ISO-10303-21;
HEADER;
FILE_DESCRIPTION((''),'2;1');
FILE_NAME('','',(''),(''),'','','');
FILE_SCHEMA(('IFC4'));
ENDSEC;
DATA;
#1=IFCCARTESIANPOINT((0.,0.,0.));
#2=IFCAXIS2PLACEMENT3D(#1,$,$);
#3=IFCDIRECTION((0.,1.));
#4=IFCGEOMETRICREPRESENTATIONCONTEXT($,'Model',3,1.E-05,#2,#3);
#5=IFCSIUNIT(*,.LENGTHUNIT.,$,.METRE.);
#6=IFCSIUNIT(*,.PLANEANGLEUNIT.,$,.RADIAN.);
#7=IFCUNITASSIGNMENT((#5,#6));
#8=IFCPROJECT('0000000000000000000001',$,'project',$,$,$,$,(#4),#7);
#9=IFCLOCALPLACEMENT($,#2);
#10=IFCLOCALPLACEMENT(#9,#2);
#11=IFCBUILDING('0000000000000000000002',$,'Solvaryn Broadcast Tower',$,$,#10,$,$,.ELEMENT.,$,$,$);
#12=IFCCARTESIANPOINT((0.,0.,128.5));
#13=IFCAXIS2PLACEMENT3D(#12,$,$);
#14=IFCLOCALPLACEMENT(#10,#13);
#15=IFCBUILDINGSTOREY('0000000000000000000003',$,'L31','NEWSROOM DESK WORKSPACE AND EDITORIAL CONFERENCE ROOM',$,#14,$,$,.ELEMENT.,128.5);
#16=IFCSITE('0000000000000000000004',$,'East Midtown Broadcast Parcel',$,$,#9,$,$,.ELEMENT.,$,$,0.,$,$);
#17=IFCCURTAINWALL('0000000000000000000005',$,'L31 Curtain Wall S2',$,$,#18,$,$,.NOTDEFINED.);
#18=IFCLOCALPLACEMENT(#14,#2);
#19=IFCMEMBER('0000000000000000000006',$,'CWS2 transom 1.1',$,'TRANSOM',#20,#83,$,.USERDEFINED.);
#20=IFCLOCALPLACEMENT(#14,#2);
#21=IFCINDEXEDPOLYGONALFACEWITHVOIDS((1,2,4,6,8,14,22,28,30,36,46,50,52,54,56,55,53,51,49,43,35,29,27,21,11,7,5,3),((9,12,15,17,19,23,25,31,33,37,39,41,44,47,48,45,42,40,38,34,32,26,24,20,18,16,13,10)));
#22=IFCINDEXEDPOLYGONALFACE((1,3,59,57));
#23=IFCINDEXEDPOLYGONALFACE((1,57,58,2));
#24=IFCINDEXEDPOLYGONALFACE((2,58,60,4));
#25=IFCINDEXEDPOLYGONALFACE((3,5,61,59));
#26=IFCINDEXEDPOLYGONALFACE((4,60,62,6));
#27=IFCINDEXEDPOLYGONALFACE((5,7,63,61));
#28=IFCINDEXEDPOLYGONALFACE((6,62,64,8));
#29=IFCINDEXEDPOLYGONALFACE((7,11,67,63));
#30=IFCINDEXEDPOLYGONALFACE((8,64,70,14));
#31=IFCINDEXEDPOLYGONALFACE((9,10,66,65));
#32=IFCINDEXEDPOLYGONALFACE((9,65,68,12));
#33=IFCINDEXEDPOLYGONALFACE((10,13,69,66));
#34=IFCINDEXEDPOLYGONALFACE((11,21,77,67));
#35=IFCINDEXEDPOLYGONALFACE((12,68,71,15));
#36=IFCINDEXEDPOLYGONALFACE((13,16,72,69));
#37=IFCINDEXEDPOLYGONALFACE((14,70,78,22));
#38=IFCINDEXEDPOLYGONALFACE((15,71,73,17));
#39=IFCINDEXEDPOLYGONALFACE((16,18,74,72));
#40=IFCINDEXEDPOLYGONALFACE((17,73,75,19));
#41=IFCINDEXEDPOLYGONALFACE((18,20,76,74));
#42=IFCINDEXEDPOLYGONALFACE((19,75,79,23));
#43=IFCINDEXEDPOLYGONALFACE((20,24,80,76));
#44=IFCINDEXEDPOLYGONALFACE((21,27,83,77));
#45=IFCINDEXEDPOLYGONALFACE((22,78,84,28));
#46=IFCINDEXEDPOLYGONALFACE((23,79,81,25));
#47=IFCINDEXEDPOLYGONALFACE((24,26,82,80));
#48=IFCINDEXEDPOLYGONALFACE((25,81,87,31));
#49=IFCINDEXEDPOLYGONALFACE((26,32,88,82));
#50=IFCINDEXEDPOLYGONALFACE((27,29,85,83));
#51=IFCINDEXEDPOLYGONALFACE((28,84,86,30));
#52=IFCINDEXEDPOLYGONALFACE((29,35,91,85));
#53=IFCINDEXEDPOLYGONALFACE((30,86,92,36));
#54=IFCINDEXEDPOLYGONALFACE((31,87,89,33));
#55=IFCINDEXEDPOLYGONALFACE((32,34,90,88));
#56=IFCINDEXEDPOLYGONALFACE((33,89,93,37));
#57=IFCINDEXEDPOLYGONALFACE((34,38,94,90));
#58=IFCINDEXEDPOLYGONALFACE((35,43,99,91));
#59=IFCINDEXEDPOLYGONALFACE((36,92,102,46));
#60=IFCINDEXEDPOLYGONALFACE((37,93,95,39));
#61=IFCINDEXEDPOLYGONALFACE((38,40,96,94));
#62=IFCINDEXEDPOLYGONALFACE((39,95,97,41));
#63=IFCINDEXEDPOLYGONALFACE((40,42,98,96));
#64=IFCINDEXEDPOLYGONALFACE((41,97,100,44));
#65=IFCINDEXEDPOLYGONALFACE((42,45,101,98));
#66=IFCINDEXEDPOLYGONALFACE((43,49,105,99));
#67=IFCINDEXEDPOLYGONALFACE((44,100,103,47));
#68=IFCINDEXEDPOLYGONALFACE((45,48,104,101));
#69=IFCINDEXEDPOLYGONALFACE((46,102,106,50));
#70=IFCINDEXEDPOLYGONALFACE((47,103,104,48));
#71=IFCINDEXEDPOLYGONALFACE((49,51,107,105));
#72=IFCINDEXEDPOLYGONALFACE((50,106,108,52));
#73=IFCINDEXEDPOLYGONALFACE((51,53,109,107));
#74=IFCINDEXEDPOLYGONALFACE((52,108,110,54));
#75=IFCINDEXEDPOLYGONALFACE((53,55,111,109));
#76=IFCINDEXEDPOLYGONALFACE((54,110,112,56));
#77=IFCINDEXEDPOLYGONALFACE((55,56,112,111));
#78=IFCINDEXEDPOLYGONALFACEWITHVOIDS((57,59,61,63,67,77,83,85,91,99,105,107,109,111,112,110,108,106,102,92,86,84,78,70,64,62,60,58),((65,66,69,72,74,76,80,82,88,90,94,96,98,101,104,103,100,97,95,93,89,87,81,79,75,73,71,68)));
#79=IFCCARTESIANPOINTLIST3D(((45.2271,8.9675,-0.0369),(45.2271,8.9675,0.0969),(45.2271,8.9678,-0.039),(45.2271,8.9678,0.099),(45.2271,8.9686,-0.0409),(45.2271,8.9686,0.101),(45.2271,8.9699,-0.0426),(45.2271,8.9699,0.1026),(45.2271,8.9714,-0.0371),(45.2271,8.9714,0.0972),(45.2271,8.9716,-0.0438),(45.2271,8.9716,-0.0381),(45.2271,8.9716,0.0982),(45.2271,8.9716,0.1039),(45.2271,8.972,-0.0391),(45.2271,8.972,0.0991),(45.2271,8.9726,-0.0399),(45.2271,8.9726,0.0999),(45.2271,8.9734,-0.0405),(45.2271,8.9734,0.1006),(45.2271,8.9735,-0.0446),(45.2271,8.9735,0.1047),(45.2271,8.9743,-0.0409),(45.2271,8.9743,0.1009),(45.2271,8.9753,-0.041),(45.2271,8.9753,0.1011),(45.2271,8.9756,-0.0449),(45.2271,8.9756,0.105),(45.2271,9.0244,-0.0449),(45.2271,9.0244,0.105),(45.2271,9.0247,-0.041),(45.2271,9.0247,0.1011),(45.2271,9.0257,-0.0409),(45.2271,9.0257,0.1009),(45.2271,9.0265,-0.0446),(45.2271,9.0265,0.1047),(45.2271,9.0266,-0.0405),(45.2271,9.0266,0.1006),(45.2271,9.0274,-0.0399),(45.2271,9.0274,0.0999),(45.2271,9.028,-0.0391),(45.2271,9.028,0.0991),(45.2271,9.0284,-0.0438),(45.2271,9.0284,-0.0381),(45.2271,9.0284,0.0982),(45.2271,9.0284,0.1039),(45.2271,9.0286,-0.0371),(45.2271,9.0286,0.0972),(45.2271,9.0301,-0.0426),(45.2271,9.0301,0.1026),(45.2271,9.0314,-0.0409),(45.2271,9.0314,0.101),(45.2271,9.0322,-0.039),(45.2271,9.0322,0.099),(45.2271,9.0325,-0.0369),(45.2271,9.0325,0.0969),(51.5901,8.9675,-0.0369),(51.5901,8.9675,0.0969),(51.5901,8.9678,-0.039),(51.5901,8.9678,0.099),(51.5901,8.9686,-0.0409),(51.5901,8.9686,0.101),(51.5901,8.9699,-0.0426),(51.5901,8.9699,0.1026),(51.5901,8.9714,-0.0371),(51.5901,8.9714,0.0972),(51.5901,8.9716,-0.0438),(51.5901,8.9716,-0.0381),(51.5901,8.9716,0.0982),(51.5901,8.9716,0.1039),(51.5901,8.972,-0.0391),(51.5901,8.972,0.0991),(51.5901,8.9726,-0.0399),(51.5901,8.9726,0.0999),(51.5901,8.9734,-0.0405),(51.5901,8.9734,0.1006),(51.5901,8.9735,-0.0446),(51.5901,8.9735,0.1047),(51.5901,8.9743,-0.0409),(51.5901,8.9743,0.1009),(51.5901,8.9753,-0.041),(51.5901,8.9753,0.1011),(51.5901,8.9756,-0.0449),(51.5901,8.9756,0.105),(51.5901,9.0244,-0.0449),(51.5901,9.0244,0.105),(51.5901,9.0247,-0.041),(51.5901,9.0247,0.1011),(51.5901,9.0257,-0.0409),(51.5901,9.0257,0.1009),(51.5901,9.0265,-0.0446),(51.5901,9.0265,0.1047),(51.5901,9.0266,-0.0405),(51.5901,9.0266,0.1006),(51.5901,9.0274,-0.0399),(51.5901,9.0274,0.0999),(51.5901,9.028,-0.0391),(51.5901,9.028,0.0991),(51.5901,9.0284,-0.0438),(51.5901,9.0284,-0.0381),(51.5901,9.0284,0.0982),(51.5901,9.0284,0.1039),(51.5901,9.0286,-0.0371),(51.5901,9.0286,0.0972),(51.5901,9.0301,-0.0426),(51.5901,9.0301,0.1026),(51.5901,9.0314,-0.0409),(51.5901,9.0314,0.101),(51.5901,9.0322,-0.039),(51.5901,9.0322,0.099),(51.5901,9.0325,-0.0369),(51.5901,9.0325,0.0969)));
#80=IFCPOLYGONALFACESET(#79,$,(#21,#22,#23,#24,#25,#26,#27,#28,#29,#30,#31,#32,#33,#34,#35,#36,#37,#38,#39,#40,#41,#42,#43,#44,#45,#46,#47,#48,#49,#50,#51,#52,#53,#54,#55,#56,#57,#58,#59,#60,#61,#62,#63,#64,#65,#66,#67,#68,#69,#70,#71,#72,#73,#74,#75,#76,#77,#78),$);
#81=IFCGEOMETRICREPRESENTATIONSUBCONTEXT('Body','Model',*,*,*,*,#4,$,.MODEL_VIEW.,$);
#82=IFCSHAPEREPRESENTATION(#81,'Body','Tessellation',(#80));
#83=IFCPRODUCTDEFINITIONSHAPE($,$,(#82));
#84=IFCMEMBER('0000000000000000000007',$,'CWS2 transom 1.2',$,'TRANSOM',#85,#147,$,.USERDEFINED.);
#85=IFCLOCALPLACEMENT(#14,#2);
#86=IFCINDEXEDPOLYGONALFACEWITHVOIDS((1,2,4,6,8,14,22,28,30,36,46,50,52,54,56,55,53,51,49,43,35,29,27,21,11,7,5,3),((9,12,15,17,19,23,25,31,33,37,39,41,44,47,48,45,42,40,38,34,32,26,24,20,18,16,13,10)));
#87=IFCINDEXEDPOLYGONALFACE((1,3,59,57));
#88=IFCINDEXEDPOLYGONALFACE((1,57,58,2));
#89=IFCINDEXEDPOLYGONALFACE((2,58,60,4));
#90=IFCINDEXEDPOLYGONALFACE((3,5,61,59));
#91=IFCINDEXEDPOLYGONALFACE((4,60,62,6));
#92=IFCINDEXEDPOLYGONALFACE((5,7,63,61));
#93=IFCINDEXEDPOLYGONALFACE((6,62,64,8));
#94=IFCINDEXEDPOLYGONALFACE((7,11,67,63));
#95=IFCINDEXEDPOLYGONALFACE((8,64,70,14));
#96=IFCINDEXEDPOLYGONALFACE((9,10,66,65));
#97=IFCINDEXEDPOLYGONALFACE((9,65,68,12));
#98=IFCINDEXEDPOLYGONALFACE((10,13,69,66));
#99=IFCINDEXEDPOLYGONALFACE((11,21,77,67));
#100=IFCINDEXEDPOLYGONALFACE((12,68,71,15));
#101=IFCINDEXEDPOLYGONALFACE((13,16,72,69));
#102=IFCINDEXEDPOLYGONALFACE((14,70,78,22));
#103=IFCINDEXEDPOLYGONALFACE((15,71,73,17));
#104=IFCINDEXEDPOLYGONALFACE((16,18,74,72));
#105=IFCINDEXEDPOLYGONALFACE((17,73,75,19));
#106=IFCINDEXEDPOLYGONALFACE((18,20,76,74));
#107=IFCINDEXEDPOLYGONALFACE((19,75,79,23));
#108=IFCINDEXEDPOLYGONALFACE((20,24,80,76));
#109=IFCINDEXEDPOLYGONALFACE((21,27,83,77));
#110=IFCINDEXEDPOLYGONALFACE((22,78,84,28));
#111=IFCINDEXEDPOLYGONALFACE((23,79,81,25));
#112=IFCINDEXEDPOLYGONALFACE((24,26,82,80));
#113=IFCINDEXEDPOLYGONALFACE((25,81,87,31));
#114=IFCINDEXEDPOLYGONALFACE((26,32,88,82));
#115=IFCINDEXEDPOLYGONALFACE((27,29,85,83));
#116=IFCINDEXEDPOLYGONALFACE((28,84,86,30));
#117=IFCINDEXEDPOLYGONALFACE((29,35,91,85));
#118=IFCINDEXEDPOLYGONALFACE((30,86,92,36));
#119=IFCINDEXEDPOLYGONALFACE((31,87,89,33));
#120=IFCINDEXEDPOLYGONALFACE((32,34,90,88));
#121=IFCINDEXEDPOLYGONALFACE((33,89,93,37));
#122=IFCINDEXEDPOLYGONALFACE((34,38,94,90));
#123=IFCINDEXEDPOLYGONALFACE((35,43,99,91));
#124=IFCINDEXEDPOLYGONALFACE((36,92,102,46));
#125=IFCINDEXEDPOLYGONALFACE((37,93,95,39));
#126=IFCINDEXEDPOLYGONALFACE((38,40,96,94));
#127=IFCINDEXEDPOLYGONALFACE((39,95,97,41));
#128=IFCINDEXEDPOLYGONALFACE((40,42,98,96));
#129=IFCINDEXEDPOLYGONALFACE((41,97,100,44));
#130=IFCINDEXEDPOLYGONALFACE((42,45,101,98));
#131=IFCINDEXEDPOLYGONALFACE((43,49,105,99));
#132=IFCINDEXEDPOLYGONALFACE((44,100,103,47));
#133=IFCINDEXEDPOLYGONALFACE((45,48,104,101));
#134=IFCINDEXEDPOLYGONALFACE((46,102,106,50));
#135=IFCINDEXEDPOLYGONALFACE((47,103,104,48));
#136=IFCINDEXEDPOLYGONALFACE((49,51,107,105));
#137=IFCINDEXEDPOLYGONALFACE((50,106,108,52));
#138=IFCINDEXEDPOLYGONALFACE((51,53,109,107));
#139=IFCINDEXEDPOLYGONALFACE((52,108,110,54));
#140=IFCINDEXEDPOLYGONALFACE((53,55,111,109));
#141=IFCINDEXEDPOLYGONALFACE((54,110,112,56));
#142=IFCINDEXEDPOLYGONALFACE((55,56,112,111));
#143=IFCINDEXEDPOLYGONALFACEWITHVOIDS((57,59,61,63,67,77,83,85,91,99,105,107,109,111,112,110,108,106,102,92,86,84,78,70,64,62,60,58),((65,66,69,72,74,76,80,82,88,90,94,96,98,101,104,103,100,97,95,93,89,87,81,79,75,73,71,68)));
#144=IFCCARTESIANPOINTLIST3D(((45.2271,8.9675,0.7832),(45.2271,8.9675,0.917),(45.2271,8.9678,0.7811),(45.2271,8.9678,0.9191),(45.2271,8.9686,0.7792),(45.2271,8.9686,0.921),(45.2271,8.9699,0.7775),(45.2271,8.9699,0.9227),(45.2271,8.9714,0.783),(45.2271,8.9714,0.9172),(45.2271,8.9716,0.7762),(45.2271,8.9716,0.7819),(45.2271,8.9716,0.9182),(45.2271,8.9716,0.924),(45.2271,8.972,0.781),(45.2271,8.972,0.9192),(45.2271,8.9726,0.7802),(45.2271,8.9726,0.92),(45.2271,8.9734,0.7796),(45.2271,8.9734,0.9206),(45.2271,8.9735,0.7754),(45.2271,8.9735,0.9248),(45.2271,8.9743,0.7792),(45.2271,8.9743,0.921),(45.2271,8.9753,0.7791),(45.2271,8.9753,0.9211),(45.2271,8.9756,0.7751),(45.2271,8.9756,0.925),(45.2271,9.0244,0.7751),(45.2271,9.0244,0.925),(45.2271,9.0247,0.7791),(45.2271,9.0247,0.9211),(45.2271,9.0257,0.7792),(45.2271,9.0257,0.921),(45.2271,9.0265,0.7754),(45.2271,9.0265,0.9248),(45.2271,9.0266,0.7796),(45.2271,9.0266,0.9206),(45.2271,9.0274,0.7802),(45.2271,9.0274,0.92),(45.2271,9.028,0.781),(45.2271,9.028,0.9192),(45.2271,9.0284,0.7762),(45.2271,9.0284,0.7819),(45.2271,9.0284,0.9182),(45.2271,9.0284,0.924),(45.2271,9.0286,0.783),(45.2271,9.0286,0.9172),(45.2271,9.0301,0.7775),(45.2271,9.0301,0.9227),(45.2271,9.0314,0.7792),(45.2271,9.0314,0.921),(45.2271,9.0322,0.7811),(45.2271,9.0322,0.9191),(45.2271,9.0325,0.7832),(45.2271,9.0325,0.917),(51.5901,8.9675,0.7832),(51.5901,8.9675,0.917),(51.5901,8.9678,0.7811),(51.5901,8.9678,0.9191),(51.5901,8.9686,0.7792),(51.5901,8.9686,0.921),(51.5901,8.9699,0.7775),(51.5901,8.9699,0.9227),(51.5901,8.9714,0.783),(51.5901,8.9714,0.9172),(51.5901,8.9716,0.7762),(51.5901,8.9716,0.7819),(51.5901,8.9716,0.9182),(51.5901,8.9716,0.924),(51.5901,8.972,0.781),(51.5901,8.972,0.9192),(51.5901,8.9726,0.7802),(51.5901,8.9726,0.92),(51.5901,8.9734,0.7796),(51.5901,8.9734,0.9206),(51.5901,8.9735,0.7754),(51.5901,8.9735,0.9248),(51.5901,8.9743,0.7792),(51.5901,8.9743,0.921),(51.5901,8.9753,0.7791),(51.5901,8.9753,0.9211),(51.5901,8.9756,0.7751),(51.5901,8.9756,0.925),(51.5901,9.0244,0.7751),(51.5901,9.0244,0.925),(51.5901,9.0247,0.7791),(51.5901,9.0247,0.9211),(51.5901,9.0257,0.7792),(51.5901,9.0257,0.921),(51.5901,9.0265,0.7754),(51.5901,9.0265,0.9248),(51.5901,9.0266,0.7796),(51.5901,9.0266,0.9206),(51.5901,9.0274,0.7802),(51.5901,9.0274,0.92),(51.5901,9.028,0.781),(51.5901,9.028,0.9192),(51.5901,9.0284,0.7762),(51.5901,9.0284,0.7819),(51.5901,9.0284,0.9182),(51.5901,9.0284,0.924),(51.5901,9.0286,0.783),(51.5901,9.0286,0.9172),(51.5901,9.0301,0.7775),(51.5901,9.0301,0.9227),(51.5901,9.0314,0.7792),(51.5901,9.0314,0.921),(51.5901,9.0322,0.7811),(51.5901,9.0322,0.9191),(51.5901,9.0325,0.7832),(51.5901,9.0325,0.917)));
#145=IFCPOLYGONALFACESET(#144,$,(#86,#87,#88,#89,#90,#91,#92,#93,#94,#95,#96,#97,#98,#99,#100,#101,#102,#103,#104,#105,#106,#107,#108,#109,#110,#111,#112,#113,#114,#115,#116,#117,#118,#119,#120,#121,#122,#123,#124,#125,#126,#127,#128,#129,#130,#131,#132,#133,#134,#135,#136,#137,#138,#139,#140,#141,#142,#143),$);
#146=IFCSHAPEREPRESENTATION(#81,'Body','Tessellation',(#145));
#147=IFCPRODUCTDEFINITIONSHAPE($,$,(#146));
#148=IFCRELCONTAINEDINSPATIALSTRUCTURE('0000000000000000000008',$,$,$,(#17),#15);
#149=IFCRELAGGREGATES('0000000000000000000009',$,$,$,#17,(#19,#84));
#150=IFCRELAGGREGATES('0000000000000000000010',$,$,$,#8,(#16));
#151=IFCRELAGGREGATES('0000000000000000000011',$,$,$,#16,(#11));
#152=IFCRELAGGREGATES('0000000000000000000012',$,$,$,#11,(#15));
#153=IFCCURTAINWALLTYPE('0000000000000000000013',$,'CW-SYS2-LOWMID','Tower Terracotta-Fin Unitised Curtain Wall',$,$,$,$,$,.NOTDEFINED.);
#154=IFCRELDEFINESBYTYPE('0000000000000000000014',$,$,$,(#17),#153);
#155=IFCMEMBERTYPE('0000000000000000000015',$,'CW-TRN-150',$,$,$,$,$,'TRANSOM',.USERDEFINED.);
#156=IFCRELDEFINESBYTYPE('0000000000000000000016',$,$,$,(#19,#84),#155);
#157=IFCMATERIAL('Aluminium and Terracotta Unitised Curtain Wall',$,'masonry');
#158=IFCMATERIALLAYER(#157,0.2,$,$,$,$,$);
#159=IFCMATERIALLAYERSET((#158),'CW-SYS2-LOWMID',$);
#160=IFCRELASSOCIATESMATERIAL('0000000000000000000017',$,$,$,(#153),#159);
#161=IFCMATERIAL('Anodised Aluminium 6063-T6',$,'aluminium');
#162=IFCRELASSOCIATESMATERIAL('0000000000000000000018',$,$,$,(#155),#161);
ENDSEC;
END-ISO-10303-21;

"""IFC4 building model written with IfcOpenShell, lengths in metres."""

from ifc_helpers import new_model, si_unit, direction, frame, origin, origin_2d, place, context, subcontext, project, spatial, hollow_rectangle, extrude, material, layer, layer_set, material_profile, profile_set, type_object, element, aggregate, save


model = new_model("IFC4")

# Units and contexts
model_context = context("Model", 3, precision=1e-05, world=origin(), true_north=direction((0.0, 1.0)))
body_context = subcontext(model_context, "Body", "Model", "MODEL_VIEW")
ifc_project = project(units=[si_unit("LENGTHUNIT", "METRE"), si_unit("PLANEANGLEUNIT", "RADIAN")], contexts=[model_context])

# Site, building, storey
site_placement = place(None, origin())
site = spatial("IfcSite", under=ifc_project, at=site_placement, Name="East Midtown Broadcast Parcel", CompositionType="ELEMENT", RefElevation=0.0)
building_placement = place(site_placement, origin())
building = spatial("IfcBuilding", under=site, at=building_placement, Name="Solvaryn Broadcast Tower", CompositionType="ELEMENT")
storey_placement = place(building_placement, frame((0.0, 0.0, 128.5)))
storey = spatial("IfcBuildingStorey", under=building, at=storey_placement, Name="L31", Description="NEWSROOM DESK WORKSPACE AND EDITORIAL CONFERENCE ROOM", CompositionType="ELEMENT", Elevation=128.5)

# Curtain wall
ifc_material_1 = material(Name="Aluminium and Terracotta Unitised Curtain Wall", Category="masonry")
ifc_layer_1 = layer(ifc_material_1, 0.2)
ifc_layer_set_1 = layer_set([ifc_layer_1], Name="CW-SYS2-LOWMID")
curtain_wall_type = type_object("IfcCurtainWallType", Name="CW-SYS2-LOWMID", Description="Tower Terracotta-Fin Unitised Curtain Wall", PredefinedType="NOTDEFINED", material=ifc_layer_set_1)
curtain_wall_1_placement = place(storey_placement, origin())
curtain_wall_1 = element("IfcCurtainWall", 1, at=curtain_wall_1_placement, inside=storey, type_object=curtain_wall_type, Name="L31 Curtain Wall S2", PredefinedType="NOTDEFINED")

# Members
ifc_material_2 = material(Name="Anodised Aluminium 6063-T6", Category="aluminium")
ifc_material_profile_1 = material_profile(ifc_material_2, hollow_rectangle(XDim=0.0649, YDim=0.1499, WallThickness=0.0039, InnerFilletRadius=0.0039, OuterFilletRadius=0.0081, at=origin_2d()))
ifc_profile_set_1 = profile_set([ifc_material_profile_1], Name="Anodised Aluminium 6063-T6")
member_type_1 = type_object("IfcMemberType", Name="CW-TRN-150", ElementType="TRANSOM", PredefinedType="USERDEFINED", material=ifc_profile_set_1)
member_1_placement = place(storey_placement, frame((45.2271, 9.0, 0.03), z_axis=(1.0, 0.0, 0.0), x_axis=(0.0, 1.0, 0.0)))
member_1 = element("IfcMember", 2, at=member_1_placement, type_object=member_type_1, Name="CWS2 transom 1.1", ObjectType="TRANSOM", PredefinedType="USERDEFINED", context=body_context, shape_type="SweptSolid", body=[
    extrude(hollow_rectangle(XDim=0.0649, YDim=0.1499, WallThickness=0.0039, InnerFilletRadius=0.0039, OuterFilletRadius=0.0081, at=origin_2d()), origin(), (0.0, 0.0, 1.0), 6.363),
])
member_2_placement = place(storey_placement, frame((45.2271, 9.0, 0.8501), z_axis=(1.0, 0.0, 0.0), x_axis=(0.0, 1.0, 0.0)))
member_2 = element("IfcMember", 3, at=member_2_placement, type_object=member_type_1, Name="CWS2 transom 1.2", ObjectType="TRANSOM", PredefinedType="USERDEFINED", context=body_context, shape_type="SweptSolid", body=[
    extrude(hollow_rectangle(XDim=0.0649, YDim=0.1499, WallThickness=0.0039, InnerFilletRadius=0.0039, OuterFilletRadius=0.0081, at=origin_2d()), origin(), (0.0, 0.0, 1.0), 6.363),
])

aggregate(curtain_wall_1, [member_1, member_2])

save(model, "model.ifc")
